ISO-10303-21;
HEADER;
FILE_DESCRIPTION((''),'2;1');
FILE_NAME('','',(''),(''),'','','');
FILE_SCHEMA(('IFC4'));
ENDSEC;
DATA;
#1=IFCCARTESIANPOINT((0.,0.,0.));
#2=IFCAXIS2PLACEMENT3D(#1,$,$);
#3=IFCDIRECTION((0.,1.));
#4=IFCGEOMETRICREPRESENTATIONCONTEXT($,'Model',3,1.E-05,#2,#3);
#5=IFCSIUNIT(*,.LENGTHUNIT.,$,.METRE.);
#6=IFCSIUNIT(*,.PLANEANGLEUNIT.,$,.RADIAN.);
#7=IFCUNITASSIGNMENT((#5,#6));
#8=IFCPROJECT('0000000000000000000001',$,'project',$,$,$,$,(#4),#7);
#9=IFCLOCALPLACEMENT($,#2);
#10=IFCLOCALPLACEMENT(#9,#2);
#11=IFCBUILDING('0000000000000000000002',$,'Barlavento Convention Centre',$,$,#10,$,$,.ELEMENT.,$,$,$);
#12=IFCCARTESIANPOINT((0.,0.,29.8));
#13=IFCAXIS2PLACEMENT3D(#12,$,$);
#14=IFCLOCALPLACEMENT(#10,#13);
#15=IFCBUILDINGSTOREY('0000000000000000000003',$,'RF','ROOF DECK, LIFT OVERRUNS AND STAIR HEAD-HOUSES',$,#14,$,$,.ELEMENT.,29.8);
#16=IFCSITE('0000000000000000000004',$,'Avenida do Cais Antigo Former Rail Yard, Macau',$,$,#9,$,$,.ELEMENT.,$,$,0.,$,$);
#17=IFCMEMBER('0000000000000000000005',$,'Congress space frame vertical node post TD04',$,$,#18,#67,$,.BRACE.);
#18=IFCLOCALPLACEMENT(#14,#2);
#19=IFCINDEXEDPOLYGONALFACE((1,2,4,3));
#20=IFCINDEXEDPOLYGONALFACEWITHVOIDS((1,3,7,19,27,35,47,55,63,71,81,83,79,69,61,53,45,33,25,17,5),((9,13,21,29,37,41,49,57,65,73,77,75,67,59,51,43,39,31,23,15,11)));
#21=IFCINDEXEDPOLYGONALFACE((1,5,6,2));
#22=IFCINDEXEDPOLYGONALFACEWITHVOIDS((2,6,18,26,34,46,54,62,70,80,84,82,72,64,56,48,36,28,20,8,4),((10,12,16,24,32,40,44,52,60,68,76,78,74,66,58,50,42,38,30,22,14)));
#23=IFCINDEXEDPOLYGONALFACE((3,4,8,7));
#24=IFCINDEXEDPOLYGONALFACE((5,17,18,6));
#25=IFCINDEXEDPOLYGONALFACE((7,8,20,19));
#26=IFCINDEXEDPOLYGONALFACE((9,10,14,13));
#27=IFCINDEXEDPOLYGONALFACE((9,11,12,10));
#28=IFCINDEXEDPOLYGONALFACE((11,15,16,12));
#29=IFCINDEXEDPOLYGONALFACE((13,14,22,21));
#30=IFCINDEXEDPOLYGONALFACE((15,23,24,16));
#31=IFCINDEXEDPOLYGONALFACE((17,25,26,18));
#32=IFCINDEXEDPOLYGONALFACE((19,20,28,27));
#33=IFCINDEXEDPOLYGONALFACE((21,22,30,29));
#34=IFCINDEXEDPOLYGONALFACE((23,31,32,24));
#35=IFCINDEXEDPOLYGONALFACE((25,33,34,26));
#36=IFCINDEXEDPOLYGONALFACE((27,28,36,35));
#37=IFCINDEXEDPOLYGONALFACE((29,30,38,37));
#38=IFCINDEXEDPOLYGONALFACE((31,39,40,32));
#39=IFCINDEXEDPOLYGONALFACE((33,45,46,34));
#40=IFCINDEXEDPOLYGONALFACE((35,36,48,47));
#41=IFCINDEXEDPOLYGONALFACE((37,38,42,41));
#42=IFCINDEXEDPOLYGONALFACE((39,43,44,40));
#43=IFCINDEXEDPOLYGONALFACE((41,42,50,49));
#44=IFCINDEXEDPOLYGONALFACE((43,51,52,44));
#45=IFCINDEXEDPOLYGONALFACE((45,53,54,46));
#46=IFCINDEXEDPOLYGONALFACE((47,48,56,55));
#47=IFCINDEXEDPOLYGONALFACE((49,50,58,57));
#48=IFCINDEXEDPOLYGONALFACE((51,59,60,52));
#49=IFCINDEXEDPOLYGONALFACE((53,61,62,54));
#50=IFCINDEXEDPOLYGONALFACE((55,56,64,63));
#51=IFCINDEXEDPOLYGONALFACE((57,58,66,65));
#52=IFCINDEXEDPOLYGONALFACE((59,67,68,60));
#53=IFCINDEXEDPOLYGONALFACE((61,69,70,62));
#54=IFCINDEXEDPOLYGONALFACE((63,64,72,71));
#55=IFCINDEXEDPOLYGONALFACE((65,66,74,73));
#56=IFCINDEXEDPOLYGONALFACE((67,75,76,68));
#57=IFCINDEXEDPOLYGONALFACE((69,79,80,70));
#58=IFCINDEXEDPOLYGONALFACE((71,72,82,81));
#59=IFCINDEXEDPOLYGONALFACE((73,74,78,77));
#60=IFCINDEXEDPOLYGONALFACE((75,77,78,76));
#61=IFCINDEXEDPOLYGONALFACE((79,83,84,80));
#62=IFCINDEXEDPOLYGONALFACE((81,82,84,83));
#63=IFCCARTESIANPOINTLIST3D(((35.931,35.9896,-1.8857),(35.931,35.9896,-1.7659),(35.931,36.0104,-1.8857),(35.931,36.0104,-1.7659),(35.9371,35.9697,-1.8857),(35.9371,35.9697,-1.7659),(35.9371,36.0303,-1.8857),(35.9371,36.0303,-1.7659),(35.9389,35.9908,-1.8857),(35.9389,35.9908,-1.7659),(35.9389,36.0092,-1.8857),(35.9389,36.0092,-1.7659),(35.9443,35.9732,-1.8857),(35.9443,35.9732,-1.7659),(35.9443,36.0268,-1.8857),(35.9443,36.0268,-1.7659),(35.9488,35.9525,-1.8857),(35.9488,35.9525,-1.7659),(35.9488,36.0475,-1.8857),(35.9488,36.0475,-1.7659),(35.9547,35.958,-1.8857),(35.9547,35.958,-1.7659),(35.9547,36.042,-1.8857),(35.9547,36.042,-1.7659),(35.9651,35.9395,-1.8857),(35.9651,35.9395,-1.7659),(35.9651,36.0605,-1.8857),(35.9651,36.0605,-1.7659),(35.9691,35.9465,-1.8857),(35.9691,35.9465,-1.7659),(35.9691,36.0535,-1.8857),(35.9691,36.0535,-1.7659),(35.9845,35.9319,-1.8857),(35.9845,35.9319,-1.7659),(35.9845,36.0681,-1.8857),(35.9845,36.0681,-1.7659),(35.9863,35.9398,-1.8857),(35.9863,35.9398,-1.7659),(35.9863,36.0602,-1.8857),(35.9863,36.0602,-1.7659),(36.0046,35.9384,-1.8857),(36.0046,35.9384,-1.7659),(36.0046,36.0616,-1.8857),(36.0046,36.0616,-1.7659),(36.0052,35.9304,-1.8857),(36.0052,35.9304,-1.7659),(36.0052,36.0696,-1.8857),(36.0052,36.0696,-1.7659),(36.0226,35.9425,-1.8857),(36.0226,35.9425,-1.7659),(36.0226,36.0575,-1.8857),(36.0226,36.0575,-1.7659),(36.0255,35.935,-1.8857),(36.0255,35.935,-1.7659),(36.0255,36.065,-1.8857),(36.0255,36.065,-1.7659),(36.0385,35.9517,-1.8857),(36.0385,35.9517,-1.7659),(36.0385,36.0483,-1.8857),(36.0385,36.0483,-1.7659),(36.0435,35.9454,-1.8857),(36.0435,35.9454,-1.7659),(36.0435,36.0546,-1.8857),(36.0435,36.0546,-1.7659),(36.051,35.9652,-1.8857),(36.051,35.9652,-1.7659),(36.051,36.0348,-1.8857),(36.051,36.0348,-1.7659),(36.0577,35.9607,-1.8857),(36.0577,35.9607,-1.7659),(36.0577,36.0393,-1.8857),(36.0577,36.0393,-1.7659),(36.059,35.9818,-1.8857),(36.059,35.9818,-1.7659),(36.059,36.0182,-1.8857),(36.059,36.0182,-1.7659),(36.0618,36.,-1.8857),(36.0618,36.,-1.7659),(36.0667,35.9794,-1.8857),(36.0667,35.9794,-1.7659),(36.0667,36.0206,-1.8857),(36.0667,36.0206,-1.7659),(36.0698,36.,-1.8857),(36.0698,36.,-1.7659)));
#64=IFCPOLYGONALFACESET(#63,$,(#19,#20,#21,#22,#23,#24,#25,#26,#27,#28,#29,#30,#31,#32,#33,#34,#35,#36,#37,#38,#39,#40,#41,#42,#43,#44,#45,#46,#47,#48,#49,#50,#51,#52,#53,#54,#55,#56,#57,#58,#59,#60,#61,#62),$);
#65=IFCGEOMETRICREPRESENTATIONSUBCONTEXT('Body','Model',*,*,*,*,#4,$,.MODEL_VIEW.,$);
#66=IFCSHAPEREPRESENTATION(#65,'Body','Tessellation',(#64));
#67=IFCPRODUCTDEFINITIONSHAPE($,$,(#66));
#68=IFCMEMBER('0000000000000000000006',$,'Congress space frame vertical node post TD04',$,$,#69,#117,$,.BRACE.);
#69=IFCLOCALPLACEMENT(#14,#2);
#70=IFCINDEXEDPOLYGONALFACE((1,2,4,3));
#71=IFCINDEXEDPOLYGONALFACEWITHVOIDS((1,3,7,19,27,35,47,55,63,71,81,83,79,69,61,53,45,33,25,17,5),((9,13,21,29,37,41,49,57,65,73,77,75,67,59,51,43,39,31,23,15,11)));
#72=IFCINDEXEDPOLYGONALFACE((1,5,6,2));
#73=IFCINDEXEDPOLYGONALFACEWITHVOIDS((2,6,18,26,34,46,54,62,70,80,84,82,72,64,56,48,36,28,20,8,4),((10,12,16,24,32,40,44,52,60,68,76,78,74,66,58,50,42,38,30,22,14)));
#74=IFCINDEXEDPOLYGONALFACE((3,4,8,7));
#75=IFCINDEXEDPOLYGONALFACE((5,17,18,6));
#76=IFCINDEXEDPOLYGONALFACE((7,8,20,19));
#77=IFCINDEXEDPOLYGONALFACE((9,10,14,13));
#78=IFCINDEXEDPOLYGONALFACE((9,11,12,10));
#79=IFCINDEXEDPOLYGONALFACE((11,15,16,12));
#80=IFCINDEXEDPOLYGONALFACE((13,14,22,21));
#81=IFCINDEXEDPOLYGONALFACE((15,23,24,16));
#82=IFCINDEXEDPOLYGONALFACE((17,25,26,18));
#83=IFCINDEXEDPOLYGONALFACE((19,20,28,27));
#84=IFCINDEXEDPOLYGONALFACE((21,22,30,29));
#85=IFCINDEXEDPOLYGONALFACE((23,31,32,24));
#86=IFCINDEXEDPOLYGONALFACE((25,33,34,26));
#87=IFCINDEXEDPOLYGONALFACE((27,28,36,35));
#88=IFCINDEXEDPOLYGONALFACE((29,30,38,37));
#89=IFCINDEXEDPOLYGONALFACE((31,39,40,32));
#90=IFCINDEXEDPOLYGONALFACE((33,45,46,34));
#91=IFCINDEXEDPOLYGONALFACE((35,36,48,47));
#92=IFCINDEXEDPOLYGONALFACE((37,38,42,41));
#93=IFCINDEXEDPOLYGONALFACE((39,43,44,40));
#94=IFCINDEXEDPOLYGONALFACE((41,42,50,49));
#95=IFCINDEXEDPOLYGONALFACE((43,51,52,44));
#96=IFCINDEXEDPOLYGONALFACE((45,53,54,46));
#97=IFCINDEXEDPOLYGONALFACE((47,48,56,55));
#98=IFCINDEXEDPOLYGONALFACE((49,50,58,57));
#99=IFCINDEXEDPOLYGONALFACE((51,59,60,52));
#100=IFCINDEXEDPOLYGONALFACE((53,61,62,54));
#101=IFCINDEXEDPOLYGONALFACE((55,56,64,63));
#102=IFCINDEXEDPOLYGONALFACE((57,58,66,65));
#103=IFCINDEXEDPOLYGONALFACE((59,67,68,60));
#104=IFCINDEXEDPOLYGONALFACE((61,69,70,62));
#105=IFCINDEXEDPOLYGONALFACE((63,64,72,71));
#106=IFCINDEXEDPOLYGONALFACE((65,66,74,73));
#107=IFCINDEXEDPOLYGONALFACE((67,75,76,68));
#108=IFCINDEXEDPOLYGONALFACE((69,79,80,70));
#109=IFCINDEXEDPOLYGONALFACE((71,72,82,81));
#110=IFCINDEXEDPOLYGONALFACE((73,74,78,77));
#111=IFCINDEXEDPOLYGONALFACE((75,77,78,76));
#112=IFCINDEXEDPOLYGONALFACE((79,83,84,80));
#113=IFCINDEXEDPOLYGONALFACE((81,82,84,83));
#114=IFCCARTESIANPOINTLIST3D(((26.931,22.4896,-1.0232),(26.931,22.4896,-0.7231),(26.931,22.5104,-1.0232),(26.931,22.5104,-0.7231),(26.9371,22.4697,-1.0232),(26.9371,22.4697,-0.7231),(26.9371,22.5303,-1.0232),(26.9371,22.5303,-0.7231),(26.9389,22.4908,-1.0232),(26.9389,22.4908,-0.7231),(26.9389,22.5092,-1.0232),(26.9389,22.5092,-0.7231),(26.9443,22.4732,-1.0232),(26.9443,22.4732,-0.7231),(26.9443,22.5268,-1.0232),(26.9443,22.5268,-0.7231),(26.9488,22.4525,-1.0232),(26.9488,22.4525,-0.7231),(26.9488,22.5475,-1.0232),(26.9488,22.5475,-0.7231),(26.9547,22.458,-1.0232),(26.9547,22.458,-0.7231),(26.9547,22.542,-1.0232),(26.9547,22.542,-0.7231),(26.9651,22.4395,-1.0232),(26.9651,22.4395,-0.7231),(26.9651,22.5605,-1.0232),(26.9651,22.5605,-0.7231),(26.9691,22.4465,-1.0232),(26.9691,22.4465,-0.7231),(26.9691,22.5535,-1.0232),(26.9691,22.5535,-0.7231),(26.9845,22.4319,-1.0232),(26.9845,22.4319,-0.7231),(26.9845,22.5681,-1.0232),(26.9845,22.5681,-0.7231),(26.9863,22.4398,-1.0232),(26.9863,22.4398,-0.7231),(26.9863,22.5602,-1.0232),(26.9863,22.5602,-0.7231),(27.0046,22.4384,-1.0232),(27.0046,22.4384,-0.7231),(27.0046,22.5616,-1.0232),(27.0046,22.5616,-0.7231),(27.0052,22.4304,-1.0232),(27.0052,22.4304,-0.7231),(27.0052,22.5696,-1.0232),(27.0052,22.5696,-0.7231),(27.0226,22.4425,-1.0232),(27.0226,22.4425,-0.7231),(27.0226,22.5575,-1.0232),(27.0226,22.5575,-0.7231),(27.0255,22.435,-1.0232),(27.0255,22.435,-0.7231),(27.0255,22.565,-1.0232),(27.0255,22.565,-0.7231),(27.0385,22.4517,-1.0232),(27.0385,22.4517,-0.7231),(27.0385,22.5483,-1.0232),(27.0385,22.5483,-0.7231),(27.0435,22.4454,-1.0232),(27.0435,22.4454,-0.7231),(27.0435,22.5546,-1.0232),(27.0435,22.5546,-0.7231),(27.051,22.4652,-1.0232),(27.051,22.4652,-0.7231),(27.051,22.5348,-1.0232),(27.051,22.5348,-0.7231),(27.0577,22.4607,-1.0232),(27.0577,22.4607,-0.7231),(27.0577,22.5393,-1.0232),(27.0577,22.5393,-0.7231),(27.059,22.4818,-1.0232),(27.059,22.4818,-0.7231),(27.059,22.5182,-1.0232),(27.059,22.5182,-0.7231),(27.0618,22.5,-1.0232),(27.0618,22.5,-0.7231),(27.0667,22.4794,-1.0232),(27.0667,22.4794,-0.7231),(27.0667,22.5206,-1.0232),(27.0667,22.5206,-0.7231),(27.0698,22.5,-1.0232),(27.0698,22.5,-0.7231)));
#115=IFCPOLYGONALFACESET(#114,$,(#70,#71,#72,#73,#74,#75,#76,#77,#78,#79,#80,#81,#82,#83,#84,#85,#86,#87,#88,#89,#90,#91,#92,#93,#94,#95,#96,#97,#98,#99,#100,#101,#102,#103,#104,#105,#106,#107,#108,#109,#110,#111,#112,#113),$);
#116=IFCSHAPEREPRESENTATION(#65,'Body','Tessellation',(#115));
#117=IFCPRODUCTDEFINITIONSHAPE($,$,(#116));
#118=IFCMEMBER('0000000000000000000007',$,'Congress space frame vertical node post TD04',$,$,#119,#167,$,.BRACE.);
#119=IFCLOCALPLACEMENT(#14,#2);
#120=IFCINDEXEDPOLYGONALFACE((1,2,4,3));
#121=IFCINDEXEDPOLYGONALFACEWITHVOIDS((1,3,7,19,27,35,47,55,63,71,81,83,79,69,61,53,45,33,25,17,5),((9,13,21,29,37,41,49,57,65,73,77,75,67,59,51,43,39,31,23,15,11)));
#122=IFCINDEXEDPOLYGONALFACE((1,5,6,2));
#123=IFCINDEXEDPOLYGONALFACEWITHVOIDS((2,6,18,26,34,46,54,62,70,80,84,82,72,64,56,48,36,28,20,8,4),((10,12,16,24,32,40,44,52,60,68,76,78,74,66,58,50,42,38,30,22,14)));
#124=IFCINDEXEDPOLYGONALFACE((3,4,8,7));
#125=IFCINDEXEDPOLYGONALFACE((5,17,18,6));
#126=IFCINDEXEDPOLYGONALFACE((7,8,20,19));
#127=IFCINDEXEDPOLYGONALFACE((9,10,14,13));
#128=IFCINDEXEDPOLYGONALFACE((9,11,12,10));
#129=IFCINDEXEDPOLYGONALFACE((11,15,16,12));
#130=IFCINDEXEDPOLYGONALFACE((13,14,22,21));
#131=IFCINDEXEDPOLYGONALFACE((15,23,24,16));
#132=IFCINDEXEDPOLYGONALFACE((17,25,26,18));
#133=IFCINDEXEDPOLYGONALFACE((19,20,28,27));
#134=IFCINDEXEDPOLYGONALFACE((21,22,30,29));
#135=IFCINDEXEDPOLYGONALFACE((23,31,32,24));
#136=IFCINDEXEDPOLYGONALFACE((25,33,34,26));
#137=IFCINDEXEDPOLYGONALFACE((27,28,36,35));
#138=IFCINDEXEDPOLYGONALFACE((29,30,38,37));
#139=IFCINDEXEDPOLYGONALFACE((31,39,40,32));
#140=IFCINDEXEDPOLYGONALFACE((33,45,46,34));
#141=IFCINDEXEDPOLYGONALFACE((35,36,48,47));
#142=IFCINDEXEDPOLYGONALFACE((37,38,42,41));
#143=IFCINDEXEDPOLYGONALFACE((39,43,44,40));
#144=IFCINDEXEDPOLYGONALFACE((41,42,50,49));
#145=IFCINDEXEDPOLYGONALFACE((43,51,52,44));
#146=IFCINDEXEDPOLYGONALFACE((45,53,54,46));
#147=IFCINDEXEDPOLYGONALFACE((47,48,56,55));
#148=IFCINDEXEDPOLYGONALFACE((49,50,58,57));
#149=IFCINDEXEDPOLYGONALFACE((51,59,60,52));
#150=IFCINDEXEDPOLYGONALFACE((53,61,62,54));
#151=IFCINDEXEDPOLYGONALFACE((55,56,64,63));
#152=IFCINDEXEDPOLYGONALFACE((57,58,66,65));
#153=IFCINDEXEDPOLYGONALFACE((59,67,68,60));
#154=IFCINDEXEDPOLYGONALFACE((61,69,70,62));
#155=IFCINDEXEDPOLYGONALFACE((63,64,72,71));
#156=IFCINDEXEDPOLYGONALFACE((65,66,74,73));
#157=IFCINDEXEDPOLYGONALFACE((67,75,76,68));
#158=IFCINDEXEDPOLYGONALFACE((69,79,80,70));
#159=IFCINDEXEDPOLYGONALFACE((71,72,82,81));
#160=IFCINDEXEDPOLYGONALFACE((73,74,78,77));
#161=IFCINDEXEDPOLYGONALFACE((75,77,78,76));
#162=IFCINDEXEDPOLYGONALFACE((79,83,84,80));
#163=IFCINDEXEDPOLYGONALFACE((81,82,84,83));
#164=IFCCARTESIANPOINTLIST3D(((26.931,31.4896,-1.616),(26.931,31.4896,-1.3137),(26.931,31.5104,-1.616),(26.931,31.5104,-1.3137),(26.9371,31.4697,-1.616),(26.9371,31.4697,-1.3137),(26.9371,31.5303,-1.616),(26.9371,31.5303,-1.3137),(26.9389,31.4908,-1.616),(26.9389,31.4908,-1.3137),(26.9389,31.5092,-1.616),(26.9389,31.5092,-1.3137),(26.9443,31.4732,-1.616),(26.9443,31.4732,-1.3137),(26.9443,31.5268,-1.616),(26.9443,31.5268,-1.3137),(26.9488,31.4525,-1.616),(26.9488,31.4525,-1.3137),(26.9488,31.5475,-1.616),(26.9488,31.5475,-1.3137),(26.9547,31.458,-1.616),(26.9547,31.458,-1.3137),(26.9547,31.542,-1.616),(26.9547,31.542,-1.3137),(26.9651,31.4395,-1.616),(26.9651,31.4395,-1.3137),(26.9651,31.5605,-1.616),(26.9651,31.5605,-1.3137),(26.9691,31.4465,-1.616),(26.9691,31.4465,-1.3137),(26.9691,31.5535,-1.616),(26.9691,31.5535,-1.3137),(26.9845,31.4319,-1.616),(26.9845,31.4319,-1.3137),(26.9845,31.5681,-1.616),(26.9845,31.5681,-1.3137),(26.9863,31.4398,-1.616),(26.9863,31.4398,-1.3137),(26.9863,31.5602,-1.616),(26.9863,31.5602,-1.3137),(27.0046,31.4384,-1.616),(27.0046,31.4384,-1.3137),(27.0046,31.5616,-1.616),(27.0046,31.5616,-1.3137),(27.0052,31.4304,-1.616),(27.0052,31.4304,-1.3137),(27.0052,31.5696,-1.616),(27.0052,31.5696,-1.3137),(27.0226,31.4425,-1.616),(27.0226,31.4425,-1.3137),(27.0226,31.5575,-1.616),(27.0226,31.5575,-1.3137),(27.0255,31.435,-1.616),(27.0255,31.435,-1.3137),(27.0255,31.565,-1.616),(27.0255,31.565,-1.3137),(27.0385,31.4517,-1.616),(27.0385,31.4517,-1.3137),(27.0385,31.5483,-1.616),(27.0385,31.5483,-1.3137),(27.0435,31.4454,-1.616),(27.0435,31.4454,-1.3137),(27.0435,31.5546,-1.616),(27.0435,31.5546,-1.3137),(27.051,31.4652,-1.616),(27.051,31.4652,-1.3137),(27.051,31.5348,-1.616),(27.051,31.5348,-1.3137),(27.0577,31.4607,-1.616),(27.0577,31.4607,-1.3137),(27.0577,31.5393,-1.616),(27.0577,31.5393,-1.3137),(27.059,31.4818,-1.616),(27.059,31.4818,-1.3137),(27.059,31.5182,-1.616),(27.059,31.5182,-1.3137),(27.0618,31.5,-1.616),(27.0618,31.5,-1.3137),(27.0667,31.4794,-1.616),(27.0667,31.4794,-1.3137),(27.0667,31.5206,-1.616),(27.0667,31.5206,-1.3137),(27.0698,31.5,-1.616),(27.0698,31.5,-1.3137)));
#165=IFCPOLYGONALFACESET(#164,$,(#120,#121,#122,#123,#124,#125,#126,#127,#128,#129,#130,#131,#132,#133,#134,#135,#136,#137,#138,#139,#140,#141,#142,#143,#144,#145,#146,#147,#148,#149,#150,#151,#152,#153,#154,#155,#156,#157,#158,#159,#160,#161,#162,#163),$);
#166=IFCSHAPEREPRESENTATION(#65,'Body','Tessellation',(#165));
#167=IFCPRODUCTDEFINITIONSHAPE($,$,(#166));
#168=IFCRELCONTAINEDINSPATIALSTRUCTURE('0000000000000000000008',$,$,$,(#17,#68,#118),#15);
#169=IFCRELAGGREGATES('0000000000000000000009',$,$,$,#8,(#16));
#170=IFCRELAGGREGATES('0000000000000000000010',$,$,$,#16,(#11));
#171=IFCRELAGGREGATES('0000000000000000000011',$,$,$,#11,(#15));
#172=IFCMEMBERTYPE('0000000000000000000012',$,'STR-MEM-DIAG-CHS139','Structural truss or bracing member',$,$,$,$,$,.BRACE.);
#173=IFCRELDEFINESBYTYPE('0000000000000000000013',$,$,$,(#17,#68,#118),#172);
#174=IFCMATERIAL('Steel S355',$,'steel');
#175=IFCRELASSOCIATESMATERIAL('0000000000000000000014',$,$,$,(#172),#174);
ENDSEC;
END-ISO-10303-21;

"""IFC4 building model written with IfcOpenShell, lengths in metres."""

from ifc_helpers import new_model, si_unit, direction, frame, origin, origin_2d, place, context, subcontext, project, spatial, hollow_circle, extrude, material, material_profile, profile_set, type_object, element, save


model = new_model("IFC4")

# Units and contexts
model_context = context("Model", 3, precision=1e-05, world=origin(), true_north=direction((0.0, 1.0)))
body_context = subcontext(model_context, "Body", "Model", "MODEL_VIEW")
ifc_project = project(units=[si_unit("LENGTHUNIT", "METRE"), si_unit("PLANEANGLEUNIT", "RADIAN")], contexts=[model_context])

# Site, building, storey
site_placement = place(None, origin())
site = spatial("IfcSite", under=ifc_project, at=site_placement, Name="Avenida do Cais Antigo Former Rail Yard, Macau", CompositionType="ELEMENT", RefElevation=0.0)
building_placement = place(site_placement, origin())
building = spatial("IfcBuilding", under=site, at=building_placement, Name="Barlavento Convention Centre", CompositionType="ELEMENT")
storey_placement = place(building_placement, frame((0.0, 0.0, 29.8)))
storey = spatial("IfcBuildingStorey", under=building, at=storey_placement, Name="RF", Description="ROOF DECK, LIFT OVERRUNS AND STAIR HEAD-HOUSES", CompositionType="ELEMENT", Elevation=29.8)

# Members
ifc_material_1 = material(Name="Steel S355", Category="steel")
ifc_material_profile_1 = material_profile(ifc_material_1, hollow_circle(Radius=0.0698, WallThickness=0.0081, at=origin_2d()), Name="CHS 139.7x8.0")
ifc_profile_set_1 = profile_set([ifc_material_profile_1], Name="Steel S355")
member_type_1 = type_object("IfcMemberType", Name="STR-MEM-DIAG-CHS139", Description="Structural truss or bracing member", PredefinedType="BRACE", material=ifc_profile_set_1)
for number, where, z_axis, x_axis, name in (
    (1, (36.0, 36.0, -1.8857), (0.0, 0.0, 1.0), (1.0, 0.0, 0.0), "Congress space frame vertical node post TD04"),
):
    element("IfcMember", number, at=place(storey_placement, frame(where, z_axis=z_axis, x_axis=x_axis)), inside=storey, type_object=member_type_1, Name=name, PredefinedType="BRACE", context=body_context, shape_type="SweptSolid", body=[
        extrude(hollow_circle(Radius=0.0698, WallThickness=0.0081, at=origin_2d()), origin(), (0.0, 0.0, 1.0), 0.1199),
    ])
member_1_placement = place(storey_placement, frame((27.0, 22.5, -1.0232), z_axis=(0.0, 0.0, 1.0), x_axis=(1.0, 0.0, 0.0)))
element("IfcMember", 2, at=member_1_placement, inside=storey, type_object=member_type_1, Name="Congress space frame vertical node post TD04", PredefinedType="BRACE", context=body_context, shape_type="SweptSolid", body=[
    extrude(hollow_circle(Radius=0.0698, WallThickness=0.0081, at=origin_2d()), origin(), (0.0, 0.0, 1.0), 0.3),
])
member_2_placement = place(storey_placement, frame((27.0, 31.5, -1.616), z_axis=(0.0, 0.0, 1.0), x_axis=(1.0, 0.0, 0.0)))
element("IfcMember", 3, at=member_2_placement, inside=storey, type_object=member_type_1, Name="Congress space frame vertical node post TD04", PredefinedType="BRACE", context=body_context, shape_type="SweptSolid", body=[
    extrude(hollow_circle(Radius=0.0698, WallThickness=0.0081, at=origin_2d()), origin(), (0.0, 0.0, 1.0), 0.3022),
])

save(model, "model.ifc")
